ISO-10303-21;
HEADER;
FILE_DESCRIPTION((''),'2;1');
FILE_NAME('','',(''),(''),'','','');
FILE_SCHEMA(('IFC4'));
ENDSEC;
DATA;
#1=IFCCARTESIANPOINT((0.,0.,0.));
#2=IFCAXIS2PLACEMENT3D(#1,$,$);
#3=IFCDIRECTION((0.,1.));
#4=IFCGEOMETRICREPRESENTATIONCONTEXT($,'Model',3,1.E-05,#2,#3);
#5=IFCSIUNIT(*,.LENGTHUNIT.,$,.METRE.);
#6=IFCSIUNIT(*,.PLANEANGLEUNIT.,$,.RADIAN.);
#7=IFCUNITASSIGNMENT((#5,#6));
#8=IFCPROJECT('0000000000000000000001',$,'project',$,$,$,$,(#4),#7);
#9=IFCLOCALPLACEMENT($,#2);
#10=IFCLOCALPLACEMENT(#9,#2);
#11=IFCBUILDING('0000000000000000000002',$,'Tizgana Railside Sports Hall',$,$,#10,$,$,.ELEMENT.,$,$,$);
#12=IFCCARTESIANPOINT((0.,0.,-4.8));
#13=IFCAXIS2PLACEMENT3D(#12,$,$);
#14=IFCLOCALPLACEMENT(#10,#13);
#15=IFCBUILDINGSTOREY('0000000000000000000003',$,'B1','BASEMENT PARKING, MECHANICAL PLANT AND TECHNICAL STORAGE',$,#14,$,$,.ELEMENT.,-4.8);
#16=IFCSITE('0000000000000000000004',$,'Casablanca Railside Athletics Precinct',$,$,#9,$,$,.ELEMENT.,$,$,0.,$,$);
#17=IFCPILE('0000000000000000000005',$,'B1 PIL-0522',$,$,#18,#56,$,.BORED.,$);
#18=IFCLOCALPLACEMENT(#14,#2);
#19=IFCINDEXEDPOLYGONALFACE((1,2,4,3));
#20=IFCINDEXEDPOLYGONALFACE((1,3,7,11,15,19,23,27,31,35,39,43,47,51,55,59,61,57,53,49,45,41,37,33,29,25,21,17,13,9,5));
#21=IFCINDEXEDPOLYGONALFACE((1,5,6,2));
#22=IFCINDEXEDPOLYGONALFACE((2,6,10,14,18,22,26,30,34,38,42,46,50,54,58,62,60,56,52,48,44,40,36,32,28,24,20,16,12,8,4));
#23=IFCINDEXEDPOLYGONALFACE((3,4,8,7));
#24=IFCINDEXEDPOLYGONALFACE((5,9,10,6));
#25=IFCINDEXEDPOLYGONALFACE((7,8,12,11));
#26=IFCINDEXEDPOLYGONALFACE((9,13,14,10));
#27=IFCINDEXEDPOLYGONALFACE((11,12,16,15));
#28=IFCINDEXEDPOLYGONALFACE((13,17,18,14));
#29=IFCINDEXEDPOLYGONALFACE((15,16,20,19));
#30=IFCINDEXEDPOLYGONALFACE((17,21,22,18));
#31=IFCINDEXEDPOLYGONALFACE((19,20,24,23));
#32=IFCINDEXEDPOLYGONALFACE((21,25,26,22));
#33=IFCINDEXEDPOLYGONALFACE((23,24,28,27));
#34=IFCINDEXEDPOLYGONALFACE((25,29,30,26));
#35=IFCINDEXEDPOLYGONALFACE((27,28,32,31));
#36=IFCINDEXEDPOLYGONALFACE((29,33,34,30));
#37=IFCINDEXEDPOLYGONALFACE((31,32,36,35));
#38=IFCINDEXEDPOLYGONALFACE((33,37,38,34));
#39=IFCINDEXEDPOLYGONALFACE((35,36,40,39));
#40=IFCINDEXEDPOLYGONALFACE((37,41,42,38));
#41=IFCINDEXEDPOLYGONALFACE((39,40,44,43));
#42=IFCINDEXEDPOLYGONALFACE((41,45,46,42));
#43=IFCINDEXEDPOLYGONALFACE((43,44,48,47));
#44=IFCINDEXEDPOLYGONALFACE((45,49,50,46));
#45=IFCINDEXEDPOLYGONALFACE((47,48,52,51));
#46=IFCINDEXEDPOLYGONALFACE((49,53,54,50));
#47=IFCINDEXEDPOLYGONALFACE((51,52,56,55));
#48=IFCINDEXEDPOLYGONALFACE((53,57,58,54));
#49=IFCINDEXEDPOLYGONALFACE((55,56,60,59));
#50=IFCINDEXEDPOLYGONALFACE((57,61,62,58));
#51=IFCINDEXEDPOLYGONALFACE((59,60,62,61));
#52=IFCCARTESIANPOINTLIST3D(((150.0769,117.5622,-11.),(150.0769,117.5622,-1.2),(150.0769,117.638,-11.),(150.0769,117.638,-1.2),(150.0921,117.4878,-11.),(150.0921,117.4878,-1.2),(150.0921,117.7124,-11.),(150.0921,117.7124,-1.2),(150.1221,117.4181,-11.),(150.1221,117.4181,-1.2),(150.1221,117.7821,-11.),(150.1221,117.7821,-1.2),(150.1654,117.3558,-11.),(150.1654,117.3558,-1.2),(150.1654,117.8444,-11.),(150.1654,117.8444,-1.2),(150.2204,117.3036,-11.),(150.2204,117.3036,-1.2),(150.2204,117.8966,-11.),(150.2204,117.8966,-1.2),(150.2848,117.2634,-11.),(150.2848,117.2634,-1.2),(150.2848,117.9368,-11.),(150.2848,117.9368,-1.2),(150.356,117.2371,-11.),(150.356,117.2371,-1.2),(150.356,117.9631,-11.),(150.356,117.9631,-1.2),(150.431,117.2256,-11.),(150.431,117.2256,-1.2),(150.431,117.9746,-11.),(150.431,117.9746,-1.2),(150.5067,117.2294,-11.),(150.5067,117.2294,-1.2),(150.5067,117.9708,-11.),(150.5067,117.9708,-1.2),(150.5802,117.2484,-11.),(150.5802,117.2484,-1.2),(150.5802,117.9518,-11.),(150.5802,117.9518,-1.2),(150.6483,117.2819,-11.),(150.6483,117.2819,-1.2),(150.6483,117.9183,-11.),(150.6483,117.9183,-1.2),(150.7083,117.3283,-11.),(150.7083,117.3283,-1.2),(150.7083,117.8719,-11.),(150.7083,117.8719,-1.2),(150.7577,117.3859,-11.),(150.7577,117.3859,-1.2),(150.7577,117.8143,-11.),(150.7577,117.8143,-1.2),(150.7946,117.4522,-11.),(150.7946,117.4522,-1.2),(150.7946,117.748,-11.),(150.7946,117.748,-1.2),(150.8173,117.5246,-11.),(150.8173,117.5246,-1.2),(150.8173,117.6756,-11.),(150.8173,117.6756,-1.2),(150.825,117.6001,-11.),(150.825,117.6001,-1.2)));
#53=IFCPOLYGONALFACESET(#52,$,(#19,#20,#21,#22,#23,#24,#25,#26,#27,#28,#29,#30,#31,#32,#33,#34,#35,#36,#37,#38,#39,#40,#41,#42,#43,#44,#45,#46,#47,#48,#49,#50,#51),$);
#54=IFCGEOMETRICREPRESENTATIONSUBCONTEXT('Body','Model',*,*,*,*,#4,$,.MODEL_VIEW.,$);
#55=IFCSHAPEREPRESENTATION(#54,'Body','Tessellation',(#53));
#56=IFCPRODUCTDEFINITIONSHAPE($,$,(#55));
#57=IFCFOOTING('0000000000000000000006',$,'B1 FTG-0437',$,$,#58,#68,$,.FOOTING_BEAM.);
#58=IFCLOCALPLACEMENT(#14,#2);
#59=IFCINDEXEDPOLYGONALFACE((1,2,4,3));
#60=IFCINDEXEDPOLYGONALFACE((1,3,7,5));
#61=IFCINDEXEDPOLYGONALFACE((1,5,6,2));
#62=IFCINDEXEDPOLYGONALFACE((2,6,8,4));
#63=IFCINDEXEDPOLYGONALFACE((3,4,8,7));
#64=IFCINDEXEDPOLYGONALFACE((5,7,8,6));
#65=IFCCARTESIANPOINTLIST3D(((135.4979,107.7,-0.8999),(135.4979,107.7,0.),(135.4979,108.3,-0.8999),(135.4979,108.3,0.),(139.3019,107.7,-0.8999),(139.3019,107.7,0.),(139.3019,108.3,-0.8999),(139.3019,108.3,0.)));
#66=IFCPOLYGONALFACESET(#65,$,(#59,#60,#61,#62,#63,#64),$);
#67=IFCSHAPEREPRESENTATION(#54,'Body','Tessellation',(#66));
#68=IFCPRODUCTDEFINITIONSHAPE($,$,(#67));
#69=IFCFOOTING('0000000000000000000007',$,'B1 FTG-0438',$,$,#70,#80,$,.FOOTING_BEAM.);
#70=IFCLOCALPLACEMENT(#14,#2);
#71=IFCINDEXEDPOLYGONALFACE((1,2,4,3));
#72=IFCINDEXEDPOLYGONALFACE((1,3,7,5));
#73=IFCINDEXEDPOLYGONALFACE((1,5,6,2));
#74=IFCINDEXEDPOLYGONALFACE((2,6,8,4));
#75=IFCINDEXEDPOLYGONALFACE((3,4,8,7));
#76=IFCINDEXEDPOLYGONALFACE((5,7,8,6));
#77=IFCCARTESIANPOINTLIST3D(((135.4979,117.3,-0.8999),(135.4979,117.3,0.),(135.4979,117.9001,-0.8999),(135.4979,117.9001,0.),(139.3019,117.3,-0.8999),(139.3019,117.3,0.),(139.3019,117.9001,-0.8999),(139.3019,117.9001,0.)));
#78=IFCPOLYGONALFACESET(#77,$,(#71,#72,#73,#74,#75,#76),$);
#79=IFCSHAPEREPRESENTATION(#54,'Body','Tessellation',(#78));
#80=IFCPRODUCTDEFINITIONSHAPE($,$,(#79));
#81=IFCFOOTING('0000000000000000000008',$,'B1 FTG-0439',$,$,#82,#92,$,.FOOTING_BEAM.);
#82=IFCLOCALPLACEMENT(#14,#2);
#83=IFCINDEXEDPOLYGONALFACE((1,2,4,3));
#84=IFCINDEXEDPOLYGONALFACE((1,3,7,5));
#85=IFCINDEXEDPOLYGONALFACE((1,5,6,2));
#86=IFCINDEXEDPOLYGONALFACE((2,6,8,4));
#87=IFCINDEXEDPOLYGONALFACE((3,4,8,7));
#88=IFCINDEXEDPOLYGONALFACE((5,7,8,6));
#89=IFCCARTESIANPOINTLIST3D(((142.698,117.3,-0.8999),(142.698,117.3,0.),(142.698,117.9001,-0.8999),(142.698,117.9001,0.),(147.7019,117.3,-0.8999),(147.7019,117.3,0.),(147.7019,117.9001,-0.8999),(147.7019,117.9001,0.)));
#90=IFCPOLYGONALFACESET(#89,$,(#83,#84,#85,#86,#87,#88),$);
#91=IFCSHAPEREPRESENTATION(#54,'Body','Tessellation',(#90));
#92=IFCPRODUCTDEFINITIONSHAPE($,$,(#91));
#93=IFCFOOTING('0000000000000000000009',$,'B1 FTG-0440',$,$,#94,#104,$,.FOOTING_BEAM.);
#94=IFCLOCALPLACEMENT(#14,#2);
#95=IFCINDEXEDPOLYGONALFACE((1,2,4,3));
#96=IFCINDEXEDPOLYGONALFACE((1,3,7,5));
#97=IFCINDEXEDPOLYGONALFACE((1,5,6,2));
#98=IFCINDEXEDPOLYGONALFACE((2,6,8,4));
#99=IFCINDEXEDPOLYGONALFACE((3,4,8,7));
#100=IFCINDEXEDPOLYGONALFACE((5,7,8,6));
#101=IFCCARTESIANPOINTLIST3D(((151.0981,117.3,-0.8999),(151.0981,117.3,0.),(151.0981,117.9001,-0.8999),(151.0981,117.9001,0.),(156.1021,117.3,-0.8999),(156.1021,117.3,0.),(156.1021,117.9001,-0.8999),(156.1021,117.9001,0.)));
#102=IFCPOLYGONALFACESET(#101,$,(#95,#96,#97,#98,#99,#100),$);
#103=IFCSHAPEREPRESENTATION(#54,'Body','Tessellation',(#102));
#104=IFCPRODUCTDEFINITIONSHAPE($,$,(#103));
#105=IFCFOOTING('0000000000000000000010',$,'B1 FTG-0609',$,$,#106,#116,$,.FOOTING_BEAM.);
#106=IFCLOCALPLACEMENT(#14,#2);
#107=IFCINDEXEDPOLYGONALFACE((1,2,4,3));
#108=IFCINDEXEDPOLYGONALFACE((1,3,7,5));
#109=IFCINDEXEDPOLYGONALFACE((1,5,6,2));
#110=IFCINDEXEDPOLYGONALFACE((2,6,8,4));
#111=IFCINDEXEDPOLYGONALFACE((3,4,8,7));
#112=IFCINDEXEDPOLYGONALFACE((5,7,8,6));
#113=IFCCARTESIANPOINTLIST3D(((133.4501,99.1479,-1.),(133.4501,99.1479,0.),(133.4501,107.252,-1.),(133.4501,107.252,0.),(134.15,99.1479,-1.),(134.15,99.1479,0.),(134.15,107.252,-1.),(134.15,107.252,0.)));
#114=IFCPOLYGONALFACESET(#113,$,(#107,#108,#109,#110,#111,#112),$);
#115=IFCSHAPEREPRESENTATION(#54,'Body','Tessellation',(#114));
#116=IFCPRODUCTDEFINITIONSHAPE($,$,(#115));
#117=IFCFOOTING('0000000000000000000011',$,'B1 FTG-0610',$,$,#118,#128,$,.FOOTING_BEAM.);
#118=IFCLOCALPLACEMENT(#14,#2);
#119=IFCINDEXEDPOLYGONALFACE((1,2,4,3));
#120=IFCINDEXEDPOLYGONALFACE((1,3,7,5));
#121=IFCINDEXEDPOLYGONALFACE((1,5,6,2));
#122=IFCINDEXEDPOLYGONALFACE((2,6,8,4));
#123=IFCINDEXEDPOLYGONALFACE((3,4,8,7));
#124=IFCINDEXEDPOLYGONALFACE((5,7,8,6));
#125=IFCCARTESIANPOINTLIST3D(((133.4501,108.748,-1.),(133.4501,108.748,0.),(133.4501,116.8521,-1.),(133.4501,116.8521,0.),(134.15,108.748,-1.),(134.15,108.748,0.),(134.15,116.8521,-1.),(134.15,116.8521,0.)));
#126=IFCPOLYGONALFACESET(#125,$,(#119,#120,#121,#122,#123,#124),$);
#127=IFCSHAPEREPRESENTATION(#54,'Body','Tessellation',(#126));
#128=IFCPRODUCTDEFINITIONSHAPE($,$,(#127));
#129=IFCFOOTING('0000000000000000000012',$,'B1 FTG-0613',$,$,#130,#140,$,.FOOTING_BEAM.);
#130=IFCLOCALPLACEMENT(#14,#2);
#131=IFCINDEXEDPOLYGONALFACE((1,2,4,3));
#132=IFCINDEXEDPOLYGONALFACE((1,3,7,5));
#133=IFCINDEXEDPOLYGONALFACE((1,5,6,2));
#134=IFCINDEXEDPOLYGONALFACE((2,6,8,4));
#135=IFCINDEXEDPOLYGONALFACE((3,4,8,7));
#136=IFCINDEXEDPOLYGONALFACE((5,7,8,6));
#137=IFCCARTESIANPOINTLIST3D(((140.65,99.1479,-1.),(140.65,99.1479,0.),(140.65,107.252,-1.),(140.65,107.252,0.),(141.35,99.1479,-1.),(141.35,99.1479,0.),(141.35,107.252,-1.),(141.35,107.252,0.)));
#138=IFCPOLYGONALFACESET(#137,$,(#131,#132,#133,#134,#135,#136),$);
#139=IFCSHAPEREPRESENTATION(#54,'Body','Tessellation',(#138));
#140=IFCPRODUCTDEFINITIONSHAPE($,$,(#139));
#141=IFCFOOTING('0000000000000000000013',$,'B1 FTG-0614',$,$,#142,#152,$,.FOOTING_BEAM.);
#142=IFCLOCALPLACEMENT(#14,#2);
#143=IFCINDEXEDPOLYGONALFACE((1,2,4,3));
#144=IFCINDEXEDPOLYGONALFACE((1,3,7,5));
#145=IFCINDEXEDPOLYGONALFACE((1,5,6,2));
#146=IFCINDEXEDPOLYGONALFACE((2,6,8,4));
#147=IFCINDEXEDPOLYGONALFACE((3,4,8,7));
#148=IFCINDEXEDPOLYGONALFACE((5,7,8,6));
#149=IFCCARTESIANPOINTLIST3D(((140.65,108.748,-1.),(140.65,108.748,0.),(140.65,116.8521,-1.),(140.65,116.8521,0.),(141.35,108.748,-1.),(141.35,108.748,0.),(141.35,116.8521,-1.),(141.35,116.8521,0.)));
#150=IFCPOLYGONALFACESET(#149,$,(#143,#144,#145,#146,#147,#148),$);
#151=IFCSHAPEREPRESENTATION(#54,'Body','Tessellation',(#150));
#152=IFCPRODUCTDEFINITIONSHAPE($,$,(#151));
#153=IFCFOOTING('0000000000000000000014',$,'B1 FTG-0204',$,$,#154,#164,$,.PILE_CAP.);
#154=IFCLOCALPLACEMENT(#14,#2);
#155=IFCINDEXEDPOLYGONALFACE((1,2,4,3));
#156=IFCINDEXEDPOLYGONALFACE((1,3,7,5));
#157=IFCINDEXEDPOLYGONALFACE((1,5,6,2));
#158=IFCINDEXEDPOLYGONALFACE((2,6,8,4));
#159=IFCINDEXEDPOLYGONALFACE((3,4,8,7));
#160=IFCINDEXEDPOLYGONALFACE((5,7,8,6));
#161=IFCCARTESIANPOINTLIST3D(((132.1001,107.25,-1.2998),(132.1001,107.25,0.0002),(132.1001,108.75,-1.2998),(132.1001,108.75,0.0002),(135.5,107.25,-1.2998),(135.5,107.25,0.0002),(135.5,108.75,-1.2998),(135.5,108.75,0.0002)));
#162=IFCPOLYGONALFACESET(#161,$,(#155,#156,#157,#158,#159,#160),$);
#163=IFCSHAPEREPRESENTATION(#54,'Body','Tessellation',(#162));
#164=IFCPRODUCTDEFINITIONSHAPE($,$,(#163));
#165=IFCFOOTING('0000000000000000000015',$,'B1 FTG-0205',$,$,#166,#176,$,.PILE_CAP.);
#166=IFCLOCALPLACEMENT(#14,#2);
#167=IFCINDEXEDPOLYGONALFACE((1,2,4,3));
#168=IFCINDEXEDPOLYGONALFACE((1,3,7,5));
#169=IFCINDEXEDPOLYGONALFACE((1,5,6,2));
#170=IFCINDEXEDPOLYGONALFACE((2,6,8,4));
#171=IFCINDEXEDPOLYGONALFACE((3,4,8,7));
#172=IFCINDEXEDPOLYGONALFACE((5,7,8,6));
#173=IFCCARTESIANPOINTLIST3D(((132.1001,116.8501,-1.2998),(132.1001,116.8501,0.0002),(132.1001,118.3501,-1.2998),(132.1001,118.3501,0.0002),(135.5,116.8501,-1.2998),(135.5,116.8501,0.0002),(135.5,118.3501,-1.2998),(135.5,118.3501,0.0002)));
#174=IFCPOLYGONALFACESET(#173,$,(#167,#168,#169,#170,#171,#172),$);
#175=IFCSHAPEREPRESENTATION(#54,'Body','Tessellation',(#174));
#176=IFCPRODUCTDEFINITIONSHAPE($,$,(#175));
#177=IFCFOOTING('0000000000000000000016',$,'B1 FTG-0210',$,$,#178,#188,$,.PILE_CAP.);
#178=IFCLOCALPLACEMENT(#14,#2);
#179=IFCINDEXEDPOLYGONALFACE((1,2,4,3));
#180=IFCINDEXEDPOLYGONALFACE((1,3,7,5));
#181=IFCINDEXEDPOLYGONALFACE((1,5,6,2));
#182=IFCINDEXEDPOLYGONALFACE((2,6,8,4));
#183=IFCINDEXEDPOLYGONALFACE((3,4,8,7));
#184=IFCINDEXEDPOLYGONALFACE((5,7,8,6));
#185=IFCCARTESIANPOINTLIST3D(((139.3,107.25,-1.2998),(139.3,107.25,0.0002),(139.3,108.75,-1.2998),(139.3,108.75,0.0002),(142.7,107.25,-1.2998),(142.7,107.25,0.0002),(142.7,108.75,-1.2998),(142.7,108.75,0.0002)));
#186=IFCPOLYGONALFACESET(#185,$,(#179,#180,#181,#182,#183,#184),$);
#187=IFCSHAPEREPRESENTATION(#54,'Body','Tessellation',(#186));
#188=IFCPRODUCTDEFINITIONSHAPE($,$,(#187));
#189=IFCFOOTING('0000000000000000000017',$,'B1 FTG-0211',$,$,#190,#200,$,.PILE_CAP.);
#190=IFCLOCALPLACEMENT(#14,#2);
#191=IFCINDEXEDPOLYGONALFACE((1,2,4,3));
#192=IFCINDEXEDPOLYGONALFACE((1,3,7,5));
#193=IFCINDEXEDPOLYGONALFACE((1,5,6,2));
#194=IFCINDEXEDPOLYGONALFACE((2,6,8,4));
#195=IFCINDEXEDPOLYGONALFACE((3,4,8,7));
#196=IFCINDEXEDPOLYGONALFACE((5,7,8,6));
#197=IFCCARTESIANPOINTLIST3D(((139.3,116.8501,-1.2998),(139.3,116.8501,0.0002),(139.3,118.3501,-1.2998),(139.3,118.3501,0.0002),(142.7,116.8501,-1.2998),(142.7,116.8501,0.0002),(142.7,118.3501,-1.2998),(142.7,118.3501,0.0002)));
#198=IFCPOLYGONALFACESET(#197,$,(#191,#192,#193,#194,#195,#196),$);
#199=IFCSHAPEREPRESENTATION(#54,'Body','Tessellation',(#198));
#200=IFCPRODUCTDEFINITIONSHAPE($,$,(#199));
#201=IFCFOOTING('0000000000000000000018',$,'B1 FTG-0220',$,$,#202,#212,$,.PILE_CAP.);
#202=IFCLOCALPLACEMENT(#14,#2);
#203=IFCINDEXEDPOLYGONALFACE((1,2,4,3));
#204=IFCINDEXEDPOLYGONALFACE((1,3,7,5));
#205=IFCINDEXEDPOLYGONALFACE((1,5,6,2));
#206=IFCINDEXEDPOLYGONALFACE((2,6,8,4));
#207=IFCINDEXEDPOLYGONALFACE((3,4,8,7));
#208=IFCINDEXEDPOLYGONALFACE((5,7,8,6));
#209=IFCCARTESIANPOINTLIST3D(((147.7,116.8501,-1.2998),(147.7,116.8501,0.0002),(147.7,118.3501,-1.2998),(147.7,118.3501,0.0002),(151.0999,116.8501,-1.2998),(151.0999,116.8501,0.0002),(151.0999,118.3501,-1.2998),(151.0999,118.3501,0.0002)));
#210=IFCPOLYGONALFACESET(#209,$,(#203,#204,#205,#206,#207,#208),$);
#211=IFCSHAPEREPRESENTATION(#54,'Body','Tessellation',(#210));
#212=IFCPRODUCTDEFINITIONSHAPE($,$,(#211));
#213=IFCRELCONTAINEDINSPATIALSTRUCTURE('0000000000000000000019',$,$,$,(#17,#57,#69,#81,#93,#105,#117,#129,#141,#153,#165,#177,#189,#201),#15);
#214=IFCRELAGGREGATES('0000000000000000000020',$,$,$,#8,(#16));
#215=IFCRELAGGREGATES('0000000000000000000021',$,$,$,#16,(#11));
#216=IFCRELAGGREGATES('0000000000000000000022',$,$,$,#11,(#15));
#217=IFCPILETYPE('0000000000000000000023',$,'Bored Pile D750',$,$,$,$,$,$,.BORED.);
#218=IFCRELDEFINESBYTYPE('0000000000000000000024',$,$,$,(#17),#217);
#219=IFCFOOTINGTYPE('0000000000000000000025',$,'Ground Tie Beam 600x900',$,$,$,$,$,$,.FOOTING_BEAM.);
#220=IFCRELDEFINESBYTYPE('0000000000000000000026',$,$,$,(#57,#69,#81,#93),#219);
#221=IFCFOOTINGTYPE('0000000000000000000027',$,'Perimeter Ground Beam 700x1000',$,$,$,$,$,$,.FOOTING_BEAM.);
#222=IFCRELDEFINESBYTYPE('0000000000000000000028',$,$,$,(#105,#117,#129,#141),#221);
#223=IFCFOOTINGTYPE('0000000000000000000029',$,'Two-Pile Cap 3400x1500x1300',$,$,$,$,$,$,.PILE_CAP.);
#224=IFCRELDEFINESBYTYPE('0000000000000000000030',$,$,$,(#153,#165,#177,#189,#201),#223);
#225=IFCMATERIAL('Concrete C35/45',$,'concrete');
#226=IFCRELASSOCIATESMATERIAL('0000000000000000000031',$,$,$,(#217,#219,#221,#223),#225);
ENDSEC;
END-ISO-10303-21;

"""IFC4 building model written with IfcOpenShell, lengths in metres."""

from ifc_helpers import new_model, si_unit, direction, frame, origin, origin_2d, place, context, subcontext, project, spatial, rectangle, circle, extrude, material, material_profile, profile_set, type_object, element, save


model = new_model("IFC4")

# Units and contexts
model_context = context("Model", 3, precision=1e-05, world=origin(), true_north=direction((0.0, 1.0)))
body_context = subcontext(model_context, "Body", "Model", "MODEL_VIEW")
ifc_project = project(units=[si_unit("LENGTHUNIT", "METRE"), si_unit("PLANEANGLEUNIT", "RADIAN")], contexts=[model_context])

# Site, building, storey
site_placement = place(None, origin())
site = spatial("IfcSite", under=ifc_project, at=site_placement, Name="Casablanca Railside Athletics Precinct", CompositionType="ELEMENT", RefElevation=0.0)
building_placement = place(site_placement, origin())
building = spatial("IfcBuilding", under=site, at=building_placement, Name="Tizgana Railside Sports Hall", CompositionType="ELEMENT")
storey_placement = place(building_placement, frame((0.0, 0.0, -4.8)))
storey = spatial("IfcBuildingStorey", under=building, at=storey_placement, Name="B1", Description="BASEMENT PARKING, MECHANICAL PLANT AND TECHNICAL STORAGE", CompositionType="ELEMENT", Elevation=-4.8)

# Pile
ifc_material_1 = material(Name="Concrete C35/45", Category="concrete")
ifc_material_profile_1 = material_profile(ifc_material_1, circle(Radius=0.375, at=origin_2d()), Name="PILE D750")
ifc_profile_set_1 = profile_set([ifc_material_profile_1], Name="Concrete C35/45")
pile_type = type_object("IfcPileType", Name="Bored Pile D750", PredefinedType="BORED", material=ifc_profile_set_1)
for number, where, z_axis, x_axis, name in (
    (1, (150.45, 117.6001, -1.2), (0.0, 0.0, -1.0), (1.0, 0.0, 0.0), "B1 PIL-0522"),
):
    element("IfcPile", number, at=place(storey_placement, frame(where, z_axis=z_axis, x_axis=x_axis)), inside=storey, type_object=pile_type, Name=name, PredefinedType="BORED", context=body_context, shape_type="SweptSolid", body=[
        extrude(circle(Radius=0.375, at=origin_2d()), origin(), (0.0, 0.0, 1.0), 9.8),
    ])

# Footings
footing_type_1 = type_object("IfcFootingType", Name="Ground Tie Beam 600x900", PredefinedType="FOOTING_BEAM", material=ifc_material_1)
for number, where, z_axis, x_axis, name in (
    (2, (137.3999, 108.0, -0.8999), (0.0, 0.0, 1.0), (1.0, 0.0, 0.0), "B1 FTG-0437"),
    (3, (137.3999, 117.6001, -0.8999), (0.0, 0.0, 1.0), (1.0, 0.0, 0.0), "B1 FTG-0438"),
):
    element("IfcFooting", number, at=place(storey_placement, frame(where, z_axis=z_axis, x_axis=x_axis)), inside=storey, type_object=footing_type_1, Name=name, PredefinedType="FOOTING_BEAM", context=body_context, shape_type="SweptSolid", body=[
        extrude(rectangle(XDim=3.804, YDim=0.6001, at=origin_2d()), origin(), (0.0, 0.0, 1.0), 0.8999),
    ])
for number, where, z_axis, x_axis, name in (
    (4, (145.2, 117.6001, -0.8999), (0.0, 0.0, 1.0), (1.0, 0.0, 0.0), "B1 FTG-0439"),
    (5, (153.6001, 117.6001, -0.8999), (0.0, 0.0, 1.0), (1.0, 0.0, 0.0), "B1 FTG-0440"),
):
    element("IfcFooting", number, at=place(storey_placement, frame(where, z_axis=z_axis, x_axis=x_axis)), inside=storey, type_object=footing_type_1, Name=name, PredefinedType="FOOTING_BEAM", context=body_context, shape_type="SweptSolid", body=[
        extrude(rectangle(XDim=5.0039, YDim=0.6001, at=origin_2d()), origin(), (0.0, 0.0, 1.0), 0.8999),
    ])
footing_type_2 = type_object("IfcFootingType", Name="Perimeter Ground Beam 700x1000", PredefinedType="FOOTING_BEAM", material=ifc_material_1)
for number, where, z_axis, x_axis, name in (
    (6, (133.8, 103.2, -1.0), (0.0, 0.0, 1.0), (0.0, 1.0, 0.0), "B1 FTG-0609"),
    (7, (133.8, 112.8, -1.0), (0.0, 0.0, 1.0), (0.0, 1.0, 0.0), "B1 FTG-0610"),
    (8, (141.0, 103.2, -1.0), (0.0, 0.0, 1.0), (0.0, 1.0, 0.0), "B1 FTG-0613"),
    (9, (141.0, 112.8, -1.0), (0.0, 0.0, 1.0), (0.0, 1.0, 0.0), "B1 FTG-0614"),
):
    element("IfcFooting", number, at=place(storey_placement, frame(where, z_axis=z_axis, x_axis=x_axis)), inside=storey, type_object=footing_type_2, Name=name, PredefinedType="FOOTING_BEAM", context=body_context, shape_type="SweptSolid", body=[
        extrude(rectangle(XDim=8.104, YDim=0.7, at=origin_2d()), origin(), (0.0, 0.0, 1.0), 1.0),
    ])
footing_type_3 = type_object("IfcFootingType", Name="Two-Pile Cap 3400x1500x1300", PredefinedType="PILE_CAP", material=ifc_material_1)
for number, where, z_axis, x_axis, name in (
    (10, (133.8, 108.0, -1.2998), (0.0, 0.0, 1.0), (1.0, 0.0, 0.0), "B1 FTG-0204"),
    (11, (133.8, 117.6001, -1.2998), (0.0, 0.0, 1.0), (1.0, 0.0, 0.0), "B1 FTG-0205"),
    (12, (141.0, 108.0, -1.2998), (0.0, 0.0, 1.0), (1.0, 0.0, 0.0), "B1 FTG-0210"),
    (13, (141.0, 117.6001, -1.2998), (0.0, 0.0, 1.0), (1.0, 0.0, 0.0), "B1 FTG-0211"),
    (14, (149.3999, 117.6001, -1.2998), (0.0, 0.0, 1.0), (1.0, 0.0, 0.0), "B1 FTG-0220"),
):
    element("IfcFooting", number, at=place(storey_placement, frame(where, z_axis=z_axis, x_axis=x_axis)), inside=storey, type_object=footing_type_3, Name=name, PredefinedType="PILE_CAP", context=body_context, shape_type="SweptSolid", body=[
        extrude(rectangle(XDim=3.3999, YDim=1.5, at=origin_2d()), origin(), (0.0, 0.0, 1.0), 1.3),
    ])

save(model, "model.ifc")
